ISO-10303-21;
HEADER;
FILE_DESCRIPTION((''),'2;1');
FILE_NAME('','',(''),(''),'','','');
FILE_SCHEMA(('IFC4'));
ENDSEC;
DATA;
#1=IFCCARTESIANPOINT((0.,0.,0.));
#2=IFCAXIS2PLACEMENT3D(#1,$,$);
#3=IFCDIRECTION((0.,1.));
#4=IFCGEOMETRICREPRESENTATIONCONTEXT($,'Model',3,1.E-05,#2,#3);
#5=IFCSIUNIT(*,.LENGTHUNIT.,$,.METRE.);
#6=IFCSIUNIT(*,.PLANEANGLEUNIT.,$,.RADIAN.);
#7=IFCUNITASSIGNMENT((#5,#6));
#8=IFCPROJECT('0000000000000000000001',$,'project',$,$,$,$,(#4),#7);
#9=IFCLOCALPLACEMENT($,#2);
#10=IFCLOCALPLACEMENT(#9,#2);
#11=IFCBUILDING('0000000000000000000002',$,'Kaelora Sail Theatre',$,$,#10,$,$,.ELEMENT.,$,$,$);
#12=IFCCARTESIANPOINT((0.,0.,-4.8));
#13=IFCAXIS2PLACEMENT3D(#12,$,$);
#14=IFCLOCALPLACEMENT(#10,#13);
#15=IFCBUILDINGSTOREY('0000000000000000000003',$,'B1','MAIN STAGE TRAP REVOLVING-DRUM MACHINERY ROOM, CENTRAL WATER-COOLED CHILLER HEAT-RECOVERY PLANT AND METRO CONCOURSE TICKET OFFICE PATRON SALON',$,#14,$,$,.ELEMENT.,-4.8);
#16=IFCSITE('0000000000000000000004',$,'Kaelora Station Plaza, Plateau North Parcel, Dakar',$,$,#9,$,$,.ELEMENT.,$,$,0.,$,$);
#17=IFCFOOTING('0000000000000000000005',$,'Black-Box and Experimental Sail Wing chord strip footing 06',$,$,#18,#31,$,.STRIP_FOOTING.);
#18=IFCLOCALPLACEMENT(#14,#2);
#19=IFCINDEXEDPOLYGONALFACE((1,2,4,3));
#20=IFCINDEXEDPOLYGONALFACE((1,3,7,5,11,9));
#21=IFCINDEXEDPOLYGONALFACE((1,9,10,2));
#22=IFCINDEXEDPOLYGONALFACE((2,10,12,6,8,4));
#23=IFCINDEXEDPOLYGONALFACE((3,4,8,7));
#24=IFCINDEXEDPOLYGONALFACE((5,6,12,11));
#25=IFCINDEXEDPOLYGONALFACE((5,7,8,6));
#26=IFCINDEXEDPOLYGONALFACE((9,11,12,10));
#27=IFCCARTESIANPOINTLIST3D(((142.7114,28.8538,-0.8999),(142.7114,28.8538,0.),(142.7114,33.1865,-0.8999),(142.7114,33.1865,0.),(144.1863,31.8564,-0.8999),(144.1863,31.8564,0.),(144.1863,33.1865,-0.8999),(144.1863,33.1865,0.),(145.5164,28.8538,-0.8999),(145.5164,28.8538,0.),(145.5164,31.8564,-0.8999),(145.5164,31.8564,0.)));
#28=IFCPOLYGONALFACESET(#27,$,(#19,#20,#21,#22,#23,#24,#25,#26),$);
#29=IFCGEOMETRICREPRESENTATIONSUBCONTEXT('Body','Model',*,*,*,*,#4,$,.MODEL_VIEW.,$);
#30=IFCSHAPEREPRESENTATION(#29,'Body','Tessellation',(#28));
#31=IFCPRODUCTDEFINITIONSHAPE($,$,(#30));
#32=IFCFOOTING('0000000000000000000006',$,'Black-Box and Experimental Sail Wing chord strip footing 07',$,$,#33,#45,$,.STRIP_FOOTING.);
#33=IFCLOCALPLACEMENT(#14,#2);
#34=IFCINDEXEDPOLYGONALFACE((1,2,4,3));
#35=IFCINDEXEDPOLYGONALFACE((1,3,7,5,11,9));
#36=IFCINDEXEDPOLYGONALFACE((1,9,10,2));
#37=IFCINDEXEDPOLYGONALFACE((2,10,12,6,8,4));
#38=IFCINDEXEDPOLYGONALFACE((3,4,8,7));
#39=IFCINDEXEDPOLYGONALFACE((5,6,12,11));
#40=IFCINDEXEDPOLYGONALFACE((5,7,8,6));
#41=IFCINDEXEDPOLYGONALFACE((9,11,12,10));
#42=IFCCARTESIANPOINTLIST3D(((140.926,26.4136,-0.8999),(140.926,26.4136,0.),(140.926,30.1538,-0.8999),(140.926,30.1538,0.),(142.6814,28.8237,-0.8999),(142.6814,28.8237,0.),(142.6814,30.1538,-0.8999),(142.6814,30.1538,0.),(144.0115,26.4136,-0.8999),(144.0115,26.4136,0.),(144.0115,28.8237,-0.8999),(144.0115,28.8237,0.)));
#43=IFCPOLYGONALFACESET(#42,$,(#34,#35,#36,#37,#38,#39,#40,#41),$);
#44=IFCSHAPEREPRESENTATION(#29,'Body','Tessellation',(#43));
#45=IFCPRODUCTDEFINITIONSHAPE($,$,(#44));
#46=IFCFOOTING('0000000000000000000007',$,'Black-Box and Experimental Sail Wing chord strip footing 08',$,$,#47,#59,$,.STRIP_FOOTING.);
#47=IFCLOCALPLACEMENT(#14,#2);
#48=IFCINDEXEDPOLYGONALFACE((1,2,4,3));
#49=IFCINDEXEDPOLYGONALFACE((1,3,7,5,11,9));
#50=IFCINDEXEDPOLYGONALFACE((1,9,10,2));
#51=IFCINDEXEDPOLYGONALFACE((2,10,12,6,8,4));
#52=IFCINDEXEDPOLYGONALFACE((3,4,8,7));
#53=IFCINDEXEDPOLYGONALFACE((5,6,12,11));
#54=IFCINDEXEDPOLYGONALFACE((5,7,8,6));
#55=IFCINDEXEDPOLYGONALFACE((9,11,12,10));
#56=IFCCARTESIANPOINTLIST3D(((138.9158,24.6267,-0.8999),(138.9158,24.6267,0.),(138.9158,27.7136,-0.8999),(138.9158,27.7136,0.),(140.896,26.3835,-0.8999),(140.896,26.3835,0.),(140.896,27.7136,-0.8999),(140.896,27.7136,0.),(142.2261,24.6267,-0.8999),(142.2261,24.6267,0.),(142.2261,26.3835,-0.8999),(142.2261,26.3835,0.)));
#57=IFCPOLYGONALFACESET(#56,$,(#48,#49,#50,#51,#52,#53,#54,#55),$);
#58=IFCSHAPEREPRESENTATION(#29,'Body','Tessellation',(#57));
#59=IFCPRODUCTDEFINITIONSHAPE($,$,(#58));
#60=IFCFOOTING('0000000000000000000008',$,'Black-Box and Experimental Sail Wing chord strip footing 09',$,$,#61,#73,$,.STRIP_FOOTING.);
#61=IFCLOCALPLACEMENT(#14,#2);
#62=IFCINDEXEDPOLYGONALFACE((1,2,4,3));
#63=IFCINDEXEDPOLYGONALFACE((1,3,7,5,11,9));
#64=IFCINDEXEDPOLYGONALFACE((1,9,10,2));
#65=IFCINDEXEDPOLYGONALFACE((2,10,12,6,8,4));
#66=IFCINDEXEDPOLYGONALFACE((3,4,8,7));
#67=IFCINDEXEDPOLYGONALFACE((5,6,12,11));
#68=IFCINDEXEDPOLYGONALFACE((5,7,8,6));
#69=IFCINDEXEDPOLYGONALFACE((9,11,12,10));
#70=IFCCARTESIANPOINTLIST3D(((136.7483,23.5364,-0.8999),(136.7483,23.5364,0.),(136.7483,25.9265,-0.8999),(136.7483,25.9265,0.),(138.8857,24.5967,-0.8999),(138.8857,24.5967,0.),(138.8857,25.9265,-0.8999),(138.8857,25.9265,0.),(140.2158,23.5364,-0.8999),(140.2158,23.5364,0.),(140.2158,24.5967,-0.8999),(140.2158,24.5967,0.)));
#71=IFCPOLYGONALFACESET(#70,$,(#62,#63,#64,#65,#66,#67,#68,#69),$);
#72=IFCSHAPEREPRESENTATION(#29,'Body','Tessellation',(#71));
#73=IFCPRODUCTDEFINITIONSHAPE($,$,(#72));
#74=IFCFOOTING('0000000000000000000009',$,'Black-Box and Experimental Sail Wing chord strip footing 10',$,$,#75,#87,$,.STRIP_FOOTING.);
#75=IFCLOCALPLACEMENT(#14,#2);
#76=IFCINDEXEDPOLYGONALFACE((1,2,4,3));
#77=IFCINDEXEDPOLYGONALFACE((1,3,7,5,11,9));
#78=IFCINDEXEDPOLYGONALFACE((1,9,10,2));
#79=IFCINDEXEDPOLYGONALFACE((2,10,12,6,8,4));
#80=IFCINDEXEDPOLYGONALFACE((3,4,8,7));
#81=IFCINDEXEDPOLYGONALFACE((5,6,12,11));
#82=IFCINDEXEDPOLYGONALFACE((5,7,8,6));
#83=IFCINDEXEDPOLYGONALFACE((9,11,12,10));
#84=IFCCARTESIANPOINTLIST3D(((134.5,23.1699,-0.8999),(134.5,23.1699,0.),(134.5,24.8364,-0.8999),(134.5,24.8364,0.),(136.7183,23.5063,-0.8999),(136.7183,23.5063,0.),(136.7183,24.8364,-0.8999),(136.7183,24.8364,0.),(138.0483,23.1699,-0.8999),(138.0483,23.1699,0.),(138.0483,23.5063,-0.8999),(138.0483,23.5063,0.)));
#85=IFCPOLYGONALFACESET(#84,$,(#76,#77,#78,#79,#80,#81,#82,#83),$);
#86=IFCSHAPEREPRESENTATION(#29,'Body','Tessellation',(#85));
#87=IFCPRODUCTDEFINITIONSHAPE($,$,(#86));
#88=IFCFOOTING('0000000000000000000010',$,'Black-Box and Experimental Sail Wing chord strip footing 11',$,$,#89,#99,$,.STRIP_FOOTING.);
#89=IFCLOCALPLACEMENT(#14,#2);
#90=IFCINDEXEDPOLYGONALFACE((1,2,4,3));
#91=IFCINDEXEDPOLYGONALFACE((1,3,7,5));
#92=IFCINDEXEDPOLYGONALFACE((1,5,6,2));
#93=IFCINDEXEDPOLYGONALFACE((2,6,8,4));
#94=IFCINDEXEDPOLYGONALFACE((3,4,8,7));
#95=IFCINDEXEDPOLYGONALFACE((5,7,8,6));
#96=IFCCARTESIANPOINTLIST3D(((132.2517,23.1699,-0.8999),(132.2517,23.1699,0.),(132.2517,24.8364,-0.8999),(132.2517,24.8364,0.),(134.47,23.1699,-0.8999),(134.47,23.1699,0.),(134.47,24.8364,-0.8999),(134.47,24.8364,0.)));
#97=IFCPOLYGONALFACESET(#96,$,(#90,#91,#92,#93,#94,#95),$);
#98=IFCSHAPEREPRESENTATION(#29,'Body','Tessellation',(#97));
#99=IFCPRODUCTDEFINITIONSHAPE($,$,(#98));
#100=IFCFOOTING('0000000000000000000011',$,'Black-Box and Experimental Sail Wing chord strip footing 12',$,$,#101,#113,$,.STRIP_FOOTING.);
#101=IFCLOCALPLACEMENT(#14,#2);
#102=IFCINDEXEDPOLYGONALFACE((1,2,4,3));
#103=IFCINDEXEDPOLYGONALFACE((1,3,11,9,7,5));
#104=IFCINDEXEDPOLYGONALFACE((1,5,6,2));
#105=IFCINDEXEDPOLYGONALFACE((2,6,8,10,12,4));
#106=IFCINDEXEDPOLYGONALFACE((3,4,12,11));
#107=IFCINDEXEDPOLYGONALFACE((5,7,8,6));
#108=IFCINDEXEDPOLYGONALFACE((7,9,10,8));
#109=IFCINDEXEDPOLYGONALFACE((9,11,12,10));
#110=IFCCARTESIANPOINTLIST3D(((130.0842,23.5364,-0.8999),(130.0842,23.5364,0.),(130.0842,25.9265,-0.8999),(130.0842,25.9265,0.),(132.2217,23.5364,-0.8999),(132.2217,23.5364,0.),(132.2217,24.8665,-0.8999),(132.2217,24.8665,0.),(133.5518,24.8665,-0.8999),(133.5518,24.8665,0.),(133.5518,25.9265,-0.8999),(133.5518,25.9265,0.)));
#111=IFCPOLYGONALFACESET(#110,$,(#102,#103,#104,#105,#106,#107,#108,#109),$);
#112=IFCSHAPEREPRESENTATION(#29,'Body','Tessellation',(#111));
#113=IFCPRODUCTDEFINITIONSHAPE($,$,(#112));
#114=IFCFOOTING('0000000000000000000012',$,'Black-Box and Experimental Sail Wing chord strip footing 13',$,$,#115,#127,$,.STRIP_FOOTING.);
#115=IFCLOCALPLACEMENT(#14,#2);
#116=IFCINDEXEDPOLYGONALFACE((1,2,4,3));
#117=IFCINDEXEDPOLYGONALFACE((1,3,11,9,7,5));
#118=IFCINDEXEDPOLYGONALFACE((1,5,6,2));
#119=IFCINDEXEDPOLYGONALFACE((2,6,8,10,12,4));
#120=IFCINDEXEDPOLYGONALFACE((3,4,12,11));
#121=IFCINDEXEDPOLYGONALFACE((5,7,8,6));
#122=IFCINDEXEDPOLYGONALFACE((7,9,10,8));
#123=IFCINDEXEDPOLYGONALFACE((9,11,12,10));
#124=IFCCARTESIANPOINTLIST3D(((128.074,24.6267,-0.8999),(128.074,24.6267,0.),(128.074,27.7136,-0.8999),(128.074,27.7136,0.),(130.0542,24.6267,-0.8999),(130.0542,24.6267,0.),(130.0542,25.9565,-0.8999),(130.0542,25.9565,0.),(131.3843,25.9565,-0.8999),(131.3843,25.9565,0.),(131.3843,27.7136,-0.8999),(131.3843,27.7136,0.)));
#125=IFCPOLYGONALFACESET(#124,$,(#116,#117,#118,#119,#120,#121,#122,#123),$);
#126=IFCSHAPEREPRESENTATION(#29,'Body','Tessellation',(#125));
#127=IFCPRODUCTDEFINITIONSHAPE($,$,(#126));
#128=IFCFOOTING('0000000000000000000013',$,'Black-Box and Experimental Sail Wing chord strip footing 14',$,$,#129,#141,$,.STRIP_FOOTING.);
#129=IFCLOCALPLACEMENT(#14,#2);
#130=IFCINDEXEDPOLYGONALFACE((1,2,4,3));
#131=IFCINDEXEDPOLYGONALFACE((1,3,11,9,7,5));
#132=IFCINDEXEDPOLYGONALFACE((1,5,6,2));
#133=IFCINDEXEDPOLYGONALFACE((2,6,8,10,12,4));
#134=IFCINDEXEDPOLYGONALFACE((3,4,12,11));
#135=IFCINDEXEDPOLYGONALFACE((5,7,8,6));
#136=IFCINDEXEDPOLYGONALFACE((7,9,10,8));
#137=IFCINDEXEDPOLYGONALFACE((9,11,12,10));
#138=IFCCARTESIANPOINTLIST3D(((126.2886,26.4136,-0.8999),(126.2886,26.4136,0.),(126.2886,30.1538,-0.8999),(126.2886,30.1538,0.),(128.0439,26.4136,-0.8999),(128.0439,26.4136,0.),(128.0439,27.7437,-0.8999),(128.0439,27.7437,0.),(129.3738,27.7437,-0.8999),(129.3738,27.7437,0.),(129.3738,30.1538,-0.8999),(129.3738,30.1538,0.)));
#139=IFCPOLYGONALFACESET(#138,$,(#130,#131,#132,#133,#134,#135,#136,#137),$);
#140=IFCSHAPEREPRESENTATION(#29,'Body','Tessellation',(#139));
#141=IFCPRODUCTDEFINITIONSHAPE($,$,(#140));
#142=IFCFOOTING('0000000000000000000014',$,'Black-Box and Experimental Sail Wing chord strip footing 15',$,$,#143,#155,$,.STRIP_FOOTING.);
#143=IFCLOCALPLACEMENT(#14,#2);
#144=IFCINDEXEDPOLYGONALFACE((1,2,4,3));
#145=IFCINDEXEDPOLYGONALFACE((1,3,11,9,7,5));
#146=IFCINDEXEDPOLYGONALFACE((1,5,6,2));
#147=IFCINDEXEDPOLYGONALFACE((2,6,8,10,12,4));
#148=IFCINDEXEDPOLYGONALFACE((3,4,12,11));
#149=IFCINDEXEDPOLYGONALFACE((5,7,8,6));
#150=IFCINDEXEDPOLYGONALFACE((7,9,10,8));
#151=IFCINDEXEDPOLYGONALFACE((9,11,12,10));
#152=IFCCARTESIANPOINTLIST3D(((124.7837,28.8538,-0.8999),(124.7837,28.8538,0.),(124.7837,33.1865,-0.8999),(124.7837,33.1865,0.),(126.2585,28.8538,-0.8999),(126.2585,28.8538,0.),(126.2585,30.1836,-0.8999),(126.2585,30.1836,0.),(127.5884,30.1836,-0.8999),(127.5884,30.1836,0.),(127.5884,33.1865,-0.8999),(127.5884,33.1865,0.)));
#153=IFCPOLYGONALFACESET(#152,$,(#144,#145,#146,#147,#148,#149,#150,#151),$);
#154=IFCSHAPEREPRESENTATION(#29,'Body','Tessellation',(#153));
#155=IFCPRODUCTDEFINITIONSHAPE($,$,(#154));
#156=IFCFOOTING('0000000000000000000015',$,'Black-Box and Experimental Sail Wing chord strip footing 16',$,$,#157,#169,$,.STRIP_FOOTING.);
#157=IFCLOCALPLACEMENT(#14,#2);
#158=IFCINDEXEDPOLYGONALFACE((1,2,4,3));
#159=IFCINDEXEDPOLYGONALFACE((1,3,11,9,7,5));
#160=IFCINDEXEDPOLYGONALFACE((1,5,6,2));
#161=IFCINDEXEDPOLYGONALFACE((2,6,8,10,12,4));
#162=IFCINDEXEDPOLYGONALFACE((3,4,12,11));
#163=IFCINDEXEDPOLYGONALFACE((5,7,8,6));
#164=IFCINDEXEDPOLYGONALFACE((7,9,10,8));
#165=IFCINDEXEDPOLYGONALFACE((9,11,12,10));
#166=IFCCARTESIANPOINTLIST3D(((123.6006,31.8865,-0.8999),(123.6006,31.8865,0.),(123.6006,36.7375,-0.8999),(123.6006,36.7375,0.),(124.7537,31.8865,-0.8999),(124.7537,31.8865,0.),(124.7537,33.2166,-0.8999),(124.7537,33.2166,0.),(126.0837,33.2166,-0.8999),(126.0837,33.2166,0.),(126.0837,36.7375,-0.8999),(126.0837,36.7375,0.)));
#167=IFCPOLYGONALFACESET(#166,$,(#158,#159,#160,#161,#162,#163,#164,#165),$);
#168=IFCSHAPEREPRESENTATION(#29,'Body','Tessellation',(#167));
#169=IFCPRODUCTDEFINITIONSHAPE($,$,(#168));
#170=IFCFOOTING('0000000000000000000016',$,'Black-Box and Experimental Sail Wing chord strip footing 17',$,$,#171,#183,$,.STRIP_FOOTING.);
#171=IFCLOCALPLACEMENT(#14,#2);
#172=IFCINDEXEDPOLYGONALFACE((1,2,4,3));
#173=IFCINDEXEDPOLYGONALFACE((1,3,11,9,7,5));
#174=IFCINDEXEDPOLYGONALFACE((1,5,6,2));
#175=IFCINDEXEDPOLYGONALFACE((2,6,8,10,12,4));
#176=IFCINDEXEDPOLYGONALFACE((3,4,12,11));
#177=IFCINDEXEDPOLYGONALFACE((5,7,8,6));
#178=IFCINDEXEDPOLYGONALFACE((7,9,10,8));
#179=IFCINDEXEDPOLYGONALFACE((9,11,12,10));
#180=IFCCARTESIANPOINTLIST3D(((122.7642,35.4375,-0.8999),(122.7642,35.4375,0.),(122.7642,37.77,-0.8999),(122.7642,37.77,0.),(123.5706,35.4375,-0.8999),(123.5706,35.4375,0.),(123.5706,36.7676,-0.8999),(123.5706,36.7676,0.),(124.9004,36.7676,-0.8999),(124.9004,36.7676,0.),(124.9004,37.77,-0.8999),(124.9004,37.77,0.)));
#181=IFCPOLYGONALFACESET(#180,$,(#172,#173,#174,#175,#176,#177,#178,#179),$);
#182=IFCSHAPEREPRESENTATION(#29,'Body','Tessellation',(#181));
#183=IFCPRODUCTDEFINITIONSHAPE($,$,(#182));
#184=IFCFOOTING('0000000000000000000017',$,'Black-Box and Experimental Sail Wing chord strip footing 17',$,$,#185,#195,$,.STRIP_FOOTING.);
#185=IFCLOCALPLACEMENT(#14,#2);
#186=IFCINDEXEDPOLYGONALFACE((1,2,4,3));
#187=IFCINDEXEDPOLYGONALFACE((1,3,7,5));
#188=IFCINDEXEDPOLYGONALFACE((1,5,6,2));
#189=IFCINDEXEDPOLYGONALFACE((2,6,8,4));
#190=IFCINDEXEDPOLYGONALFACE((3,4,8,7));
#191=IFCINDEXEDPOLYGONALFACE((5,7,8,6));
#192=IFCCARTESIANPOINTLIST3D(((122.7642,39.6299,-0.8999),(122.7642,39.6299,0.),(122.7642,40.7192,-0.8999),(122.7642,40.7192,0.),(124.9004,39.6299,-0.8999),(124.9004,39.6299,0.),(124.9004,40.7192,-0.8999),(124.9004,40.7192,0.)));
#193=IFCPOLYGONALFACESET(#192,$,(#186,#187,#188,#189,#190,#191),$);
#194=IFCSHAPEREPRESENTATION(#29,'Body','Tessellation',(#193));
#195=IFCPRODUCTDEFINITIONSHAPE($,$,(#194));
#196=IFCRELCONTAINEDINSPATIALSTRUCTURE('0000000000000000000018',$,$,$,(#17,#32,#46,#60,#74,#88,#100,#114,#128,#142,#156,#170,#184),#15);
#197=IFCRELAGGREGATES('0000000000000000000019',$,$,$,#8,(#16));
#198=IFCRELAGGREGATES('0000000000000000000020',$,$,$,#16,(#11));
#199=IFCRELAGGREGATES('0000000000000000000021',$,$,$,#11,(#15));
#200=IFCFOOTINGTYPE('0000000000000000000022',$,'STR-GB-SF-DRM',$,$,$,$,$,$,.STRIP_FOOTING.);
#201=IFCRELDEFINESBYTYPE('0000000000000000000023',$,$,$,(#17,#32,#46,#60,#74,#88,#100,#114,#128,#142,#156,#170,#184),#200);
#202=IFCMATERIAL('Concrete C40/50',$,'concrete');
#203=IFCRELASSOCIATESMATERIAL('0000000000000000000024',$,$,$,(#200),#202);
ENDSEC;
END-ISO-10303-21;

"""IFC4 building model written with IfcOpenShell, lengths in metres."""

from ifc_helpers import new_model, si_unit, direction, frame, origin, place, context, subcontext, project, spatial, polyline, outline, extrude, material, type_object, element, save


model = new_model("IFC4")

# Units and contexts
model_context = context("Model", 3, precision=1e-05, world=origin(), true_north=direction((0.0, 1.0)))
body_context = subcontext(model_context, "Body", "Model", "MODEL_VIEW")
ifc_project = project(units=[si_unit("LENGTHUNIT", "METRE"), si_unit("PLANEANGLEUNIT", "RADIAN")], contexts=[model_context])

# Site, building, storey
site_placement = place(None, origin())
site = spatial("IfcSite", under=ifc_project, at=site_placement, Name="Kaelora Station Plaza, Plateau North Parcel, Dakar", CompositionType="ELEMENT", RefElevation=0.0)
building_placement = place(site_placement, origin())
building = spatial("IfcBuilding", under=site, at=building_placement, Name="Kaelora Sail Theatre", CompositionType="ELEMENT")
storey_placement = place(building_placement, frame((0.0, 0.0, -4.8)))
storey = spatial("IfcBuildingStorey", under=building, at=storey_placement, Name="B1", Description="MAIN STAGE TRAP REVOLVING-DRUM MACHINERY ROOM, CENTRAL WATER-COOLED CHILLER HEAT-RECOVERY PLANT AND METRO CONCOURSE TICKET OFFICE PATRON SALON", CompositionType="ELEMENT", Elevation=-4.8)

# Footings
ifc_material_1 = material(Name="Concrete C40/50", Category="concrete")
footing_type_1 = type_object("IfcFootingType", Name="STR-GB-SF-DRM", PredefinedType="STRIP_FOOTING", material=ifc_material_1)
footing_1_placement = place(storey_placement, frame((0.0, 0.0, -0.8999)))
element("IfcFooting", 1, at=footing_1_placement, inside=storey, type_object=footing_type_1, Name="Black-Box and Experimental Sail Wing chord strip footing 06", PredefinedType="STRIP_FOOTING", context=body_context, shape_type="SweptSolid", body=[
    extrude(outline(polyline([(142.7114, 33.1865), (144.1863, 33.1865), (144.1863, 31.8564), (145.5164, 31.8564), (145.5164, 28.8538), (142.7114, 28.8538), (142.7114, 33.1865)])), origin(), (0.0, 0.0, 1.0), 0.8999),
])
footing_2_placement = place(storey_placement, frame((0.0, 0.0, -0.8999)))
element("IfcFooting", 2, at=footing_2_placement, inside=storey, type_object=footing_type_1, Name="Black-Box and Experimental Sail Wing chord strip footing 07", PredefinedType="STRIP_FOOTING", context=body_context, shape_type="SweptSolid", body=[
    extrude(outline(polyline([(142.6814, 30.1538), (142.6814, 28.8237), (144.0115, 28.8237), (144.0115, 26.4136), (140.926, 26.4136), (140.926, 30.1538), (142.6814, 30.1538)])), origin(), (0.0, 0.0, 1.0), 0.8999),
])
footing_3_placement = place(storey_placement, frame((0.0, 0.0, -0.8999)))
element("IfcFooting", 3, at=footing_3_placement, inside=storey, type_object=footing_type_1, Name="Black-Box and Experimental Sail Wing chord strip footing 08", PredefinedType="STRIP_FOOTING", context=body_context, shape_type="SweptSolid", body=[
    extrude(outline(polyline([(142.2261, 24.6267), (138.9158, 24.6267), (138.9158, 27.7136), (140.896, 27.7136), (140.896, 26.3835), (142.2261, 26.3835), (142.2261, 24.6267)])), origin(), (0.0, 0.0, 1.0), 0.8999),
])
footing_4_placement = place(storey_placement, frame((0.0, 0.0, -0.8999)))
element("IfcFooting", 4, at=footing_4_placement, inside=storey, type_object=footing_type_1, Name="Black-Box and Experimental Sail Wing chord strip footing 09", PredefinedType="STRIP_FOOTING", context=body_context, shape_type="SweptSolid", body=[
    extrude(outline(polyline([(136.7483, 23.5364), (136.7483, 25.9265), (138.8857, 25.9265), (138.8857, 24.5967), (140.2158, 24.5967), (140.2158, 23.5364), (136.7483, 23.5364)])), origin(), (0.0, 0.0, 1.0), 0.8999),
])
footing_5_placement = place(storey_placement, frame((0.0, 0.0, -0.8999)))
element("IfcFooting", 5, at=footing_5_placement, inside=storey, type_object=footing_type_1, Name="Black-Box and Experimental Sail Wing chord strip footing 10", PredefinedType="STRIP_FOOTING", context=body_context, shape_type="SweptSolid", body=[
    extrude(outline(polyline([(134.5, 24.8364), (136.7183, 24.8364), (136.7183, 23.5063), (138.0483, 23.5063), (138.0483, 23.1699), (134.5, 23.1699), (134.5, 24.8364)])), origin(), (0.0, 0.0, 1.0), 0.8999),
])
footing_6_placement = place(storey_placement, frame((0.0, 0.0, -0.8999)))
element("IfcFooting", 6, at=footing_6_placement, inside=storey, type_object=footing_type_1, Name="Black-Box and Experimental Sail Wing chord strip footing 11", PredefinedType="STRIP_FOOTING", context=body_context, shape_type="SweptSolid", body=[
    extrude(outline(polyline([(134.47, 24.8364), (134.47, 23.1699), (132.2517, 23.1699), (132.2517, 24.8364), (134.47, 24.8364)])), origin(), (0.0, 0.0, 1.0), 0.8999),
])
footing_7_placement = place(storey_placement, frame((0.0, 0.0, -0.8999)))
element("IfcFooting", 7, at=footing_7_placement, inside=storey, type_object=footing_type_1, Name="Black-Box and Experimental Sail Wing chord strip footing 12", PredefinedType="STRIP_FOOTING", context=body_context, shape_type="SweptSolid", body=[
    extrude(outline(polyline([(133.5518, 24.8665), (132.2217, 24.8665), (132.2217, 23.5364), (130.0842, 23.5364), (130.0842, 25.9265), (133.5518, 25.9265), (133.5518, 24.8665)])), origin(), (0.0, 0.0, 1.0), 0.8999),
])
footing_8_placement = place(storey_placement, frame((0.0, 0.0, -0.8999)))
element("IfcFooting", 8, at=footing_8_placement, inside=storey, type_object=footing_type_1, Name="Black-Box and Experimental Sail Wing chord strip footing 13", PredefinedType="STRIP_FOOTING", context=body_context, shape_type="SweptSolid", body=[
    extrude(outline(polyline([(128.074, 24.6267), (128.074, 27.7136), (131.3843, 27.7136), (131.3843, 25.9565), (130.0542, 25.9565), (130.0542, 24.6267), (128.074, 24.6267)])), origin(), (0.0, 0.0, 1.0), 0.8999),
])
footing_9_placement = place(storey_placement, frame((0.0, 0.0, -0.8999)))
element("IfcFooting", 9, at=footing_9_placement, inside=storey, type_object=footing_type_1, Name="Black-Box and Experimental Sail Wing chord strip footing 14", PredefinedType="STRIP_FOOTING", context=body_context, shape_type="SweptSolid", body=[
    extrude(outline(polyline([(126.2886, 30.1538), (129.3738, 30.1538), (129.3738, 27.7437), (128.0439, 27.7437), (128.0439, 26.4136), (126.2886, 26.4136), (126.2886, 30.1538)])), origin(), (0.0, 0.0, 1.0), 0.8999),
])
footing_10_placement = place(storey_placement, frame((0.0, 0.0, -0.8999)))
element("IfcFooting", 10, at=footing_10_placement, inside=storey, type_object=footing_type_1, Name="Black-Box and Experimental Sail Wing chord strip footing 15", PredefinedType="STRIP_FOOTING", context=body_context, shape_type="SweptSolid", body=[
    extrude(outline(polyline([(127.5884, 33.1865), (127.5884, 30.1836), (126.2585, 30.1836), (126.2585, 28.8538), (124.7837, 28.8538), (124.7837, 33.1865), (127.5884, 33.1865)])), origin(), (0.0, 0.0, 1.0), 0.8999),
])
footing_11_placement = place(storey_placement, frame((0.0, 0.0, -0.8999)))
element("IfcFooting", 11, at=footing_11_placement, inside=storey, type_object=footing_type_1, Name="Black-Box and Experimental Sail Wing chord strip footing 16", PredefinedType="STRIP_FOOTING", context=body_context, shape_type="SweptSolid", body=[
    extrude(outline(polyline([(126.0837, 33.2166), (124.7537, 33.2166), (124.7537, 31.8865), (123.6006, 31.8865), (123.6006, 36.7375), (126.0837, 36.7375), (126.0837, 33.2166)])), origin(), (0.0, 0.0, 1.0), 0.8999),
])
footing_12_placement = place(storey_placement, frame((0.0, 0.0, -0.8999)))
element("IfcFooting", 12, at=footing_12_placement, inside=storey, type_object=footing_type_1, Name="Black-Box and Experimental Sail Wing chord strip footing 17", PredefinedType="STRIP_FOOTING", context=body_context, shape_type="SweptSolid", body=[
    extrude(outline(polyline([(122.7642, 35.4375), (122.7642, 37.77), (124.9004, 37.77), (124.9004, 36.7676), (123.5706, 36.7676), (123.5706, 35.4375), (122.7642, 35.4375)])), origin(), (0.0, 0.0, 1.0), 0.8999),
])
footing_13_placement = place(storey_placement, frame((0.0, 0.0, -0.8999)))
element("IfcFooting", 13, at=footing_13_placement, inside=storey, type_object=footing_type_1, Name="Black-Box and Experimental Sail Wing chord strip footing 17", PredefinedType="STRIP_FOOTING", context=body_context, shape_type="SweptSolid", body=[
    extrude(outline(polyline([(122.7642, 40.7192), (124.9004, 40.7192), (124.9004, 39.6299), (122.7642, 39.6299), (122.7642, 40.7192)])), origin(), (0.0, 0.0, 1.0), 0.8999),
])

save(model, "model.ifc")
